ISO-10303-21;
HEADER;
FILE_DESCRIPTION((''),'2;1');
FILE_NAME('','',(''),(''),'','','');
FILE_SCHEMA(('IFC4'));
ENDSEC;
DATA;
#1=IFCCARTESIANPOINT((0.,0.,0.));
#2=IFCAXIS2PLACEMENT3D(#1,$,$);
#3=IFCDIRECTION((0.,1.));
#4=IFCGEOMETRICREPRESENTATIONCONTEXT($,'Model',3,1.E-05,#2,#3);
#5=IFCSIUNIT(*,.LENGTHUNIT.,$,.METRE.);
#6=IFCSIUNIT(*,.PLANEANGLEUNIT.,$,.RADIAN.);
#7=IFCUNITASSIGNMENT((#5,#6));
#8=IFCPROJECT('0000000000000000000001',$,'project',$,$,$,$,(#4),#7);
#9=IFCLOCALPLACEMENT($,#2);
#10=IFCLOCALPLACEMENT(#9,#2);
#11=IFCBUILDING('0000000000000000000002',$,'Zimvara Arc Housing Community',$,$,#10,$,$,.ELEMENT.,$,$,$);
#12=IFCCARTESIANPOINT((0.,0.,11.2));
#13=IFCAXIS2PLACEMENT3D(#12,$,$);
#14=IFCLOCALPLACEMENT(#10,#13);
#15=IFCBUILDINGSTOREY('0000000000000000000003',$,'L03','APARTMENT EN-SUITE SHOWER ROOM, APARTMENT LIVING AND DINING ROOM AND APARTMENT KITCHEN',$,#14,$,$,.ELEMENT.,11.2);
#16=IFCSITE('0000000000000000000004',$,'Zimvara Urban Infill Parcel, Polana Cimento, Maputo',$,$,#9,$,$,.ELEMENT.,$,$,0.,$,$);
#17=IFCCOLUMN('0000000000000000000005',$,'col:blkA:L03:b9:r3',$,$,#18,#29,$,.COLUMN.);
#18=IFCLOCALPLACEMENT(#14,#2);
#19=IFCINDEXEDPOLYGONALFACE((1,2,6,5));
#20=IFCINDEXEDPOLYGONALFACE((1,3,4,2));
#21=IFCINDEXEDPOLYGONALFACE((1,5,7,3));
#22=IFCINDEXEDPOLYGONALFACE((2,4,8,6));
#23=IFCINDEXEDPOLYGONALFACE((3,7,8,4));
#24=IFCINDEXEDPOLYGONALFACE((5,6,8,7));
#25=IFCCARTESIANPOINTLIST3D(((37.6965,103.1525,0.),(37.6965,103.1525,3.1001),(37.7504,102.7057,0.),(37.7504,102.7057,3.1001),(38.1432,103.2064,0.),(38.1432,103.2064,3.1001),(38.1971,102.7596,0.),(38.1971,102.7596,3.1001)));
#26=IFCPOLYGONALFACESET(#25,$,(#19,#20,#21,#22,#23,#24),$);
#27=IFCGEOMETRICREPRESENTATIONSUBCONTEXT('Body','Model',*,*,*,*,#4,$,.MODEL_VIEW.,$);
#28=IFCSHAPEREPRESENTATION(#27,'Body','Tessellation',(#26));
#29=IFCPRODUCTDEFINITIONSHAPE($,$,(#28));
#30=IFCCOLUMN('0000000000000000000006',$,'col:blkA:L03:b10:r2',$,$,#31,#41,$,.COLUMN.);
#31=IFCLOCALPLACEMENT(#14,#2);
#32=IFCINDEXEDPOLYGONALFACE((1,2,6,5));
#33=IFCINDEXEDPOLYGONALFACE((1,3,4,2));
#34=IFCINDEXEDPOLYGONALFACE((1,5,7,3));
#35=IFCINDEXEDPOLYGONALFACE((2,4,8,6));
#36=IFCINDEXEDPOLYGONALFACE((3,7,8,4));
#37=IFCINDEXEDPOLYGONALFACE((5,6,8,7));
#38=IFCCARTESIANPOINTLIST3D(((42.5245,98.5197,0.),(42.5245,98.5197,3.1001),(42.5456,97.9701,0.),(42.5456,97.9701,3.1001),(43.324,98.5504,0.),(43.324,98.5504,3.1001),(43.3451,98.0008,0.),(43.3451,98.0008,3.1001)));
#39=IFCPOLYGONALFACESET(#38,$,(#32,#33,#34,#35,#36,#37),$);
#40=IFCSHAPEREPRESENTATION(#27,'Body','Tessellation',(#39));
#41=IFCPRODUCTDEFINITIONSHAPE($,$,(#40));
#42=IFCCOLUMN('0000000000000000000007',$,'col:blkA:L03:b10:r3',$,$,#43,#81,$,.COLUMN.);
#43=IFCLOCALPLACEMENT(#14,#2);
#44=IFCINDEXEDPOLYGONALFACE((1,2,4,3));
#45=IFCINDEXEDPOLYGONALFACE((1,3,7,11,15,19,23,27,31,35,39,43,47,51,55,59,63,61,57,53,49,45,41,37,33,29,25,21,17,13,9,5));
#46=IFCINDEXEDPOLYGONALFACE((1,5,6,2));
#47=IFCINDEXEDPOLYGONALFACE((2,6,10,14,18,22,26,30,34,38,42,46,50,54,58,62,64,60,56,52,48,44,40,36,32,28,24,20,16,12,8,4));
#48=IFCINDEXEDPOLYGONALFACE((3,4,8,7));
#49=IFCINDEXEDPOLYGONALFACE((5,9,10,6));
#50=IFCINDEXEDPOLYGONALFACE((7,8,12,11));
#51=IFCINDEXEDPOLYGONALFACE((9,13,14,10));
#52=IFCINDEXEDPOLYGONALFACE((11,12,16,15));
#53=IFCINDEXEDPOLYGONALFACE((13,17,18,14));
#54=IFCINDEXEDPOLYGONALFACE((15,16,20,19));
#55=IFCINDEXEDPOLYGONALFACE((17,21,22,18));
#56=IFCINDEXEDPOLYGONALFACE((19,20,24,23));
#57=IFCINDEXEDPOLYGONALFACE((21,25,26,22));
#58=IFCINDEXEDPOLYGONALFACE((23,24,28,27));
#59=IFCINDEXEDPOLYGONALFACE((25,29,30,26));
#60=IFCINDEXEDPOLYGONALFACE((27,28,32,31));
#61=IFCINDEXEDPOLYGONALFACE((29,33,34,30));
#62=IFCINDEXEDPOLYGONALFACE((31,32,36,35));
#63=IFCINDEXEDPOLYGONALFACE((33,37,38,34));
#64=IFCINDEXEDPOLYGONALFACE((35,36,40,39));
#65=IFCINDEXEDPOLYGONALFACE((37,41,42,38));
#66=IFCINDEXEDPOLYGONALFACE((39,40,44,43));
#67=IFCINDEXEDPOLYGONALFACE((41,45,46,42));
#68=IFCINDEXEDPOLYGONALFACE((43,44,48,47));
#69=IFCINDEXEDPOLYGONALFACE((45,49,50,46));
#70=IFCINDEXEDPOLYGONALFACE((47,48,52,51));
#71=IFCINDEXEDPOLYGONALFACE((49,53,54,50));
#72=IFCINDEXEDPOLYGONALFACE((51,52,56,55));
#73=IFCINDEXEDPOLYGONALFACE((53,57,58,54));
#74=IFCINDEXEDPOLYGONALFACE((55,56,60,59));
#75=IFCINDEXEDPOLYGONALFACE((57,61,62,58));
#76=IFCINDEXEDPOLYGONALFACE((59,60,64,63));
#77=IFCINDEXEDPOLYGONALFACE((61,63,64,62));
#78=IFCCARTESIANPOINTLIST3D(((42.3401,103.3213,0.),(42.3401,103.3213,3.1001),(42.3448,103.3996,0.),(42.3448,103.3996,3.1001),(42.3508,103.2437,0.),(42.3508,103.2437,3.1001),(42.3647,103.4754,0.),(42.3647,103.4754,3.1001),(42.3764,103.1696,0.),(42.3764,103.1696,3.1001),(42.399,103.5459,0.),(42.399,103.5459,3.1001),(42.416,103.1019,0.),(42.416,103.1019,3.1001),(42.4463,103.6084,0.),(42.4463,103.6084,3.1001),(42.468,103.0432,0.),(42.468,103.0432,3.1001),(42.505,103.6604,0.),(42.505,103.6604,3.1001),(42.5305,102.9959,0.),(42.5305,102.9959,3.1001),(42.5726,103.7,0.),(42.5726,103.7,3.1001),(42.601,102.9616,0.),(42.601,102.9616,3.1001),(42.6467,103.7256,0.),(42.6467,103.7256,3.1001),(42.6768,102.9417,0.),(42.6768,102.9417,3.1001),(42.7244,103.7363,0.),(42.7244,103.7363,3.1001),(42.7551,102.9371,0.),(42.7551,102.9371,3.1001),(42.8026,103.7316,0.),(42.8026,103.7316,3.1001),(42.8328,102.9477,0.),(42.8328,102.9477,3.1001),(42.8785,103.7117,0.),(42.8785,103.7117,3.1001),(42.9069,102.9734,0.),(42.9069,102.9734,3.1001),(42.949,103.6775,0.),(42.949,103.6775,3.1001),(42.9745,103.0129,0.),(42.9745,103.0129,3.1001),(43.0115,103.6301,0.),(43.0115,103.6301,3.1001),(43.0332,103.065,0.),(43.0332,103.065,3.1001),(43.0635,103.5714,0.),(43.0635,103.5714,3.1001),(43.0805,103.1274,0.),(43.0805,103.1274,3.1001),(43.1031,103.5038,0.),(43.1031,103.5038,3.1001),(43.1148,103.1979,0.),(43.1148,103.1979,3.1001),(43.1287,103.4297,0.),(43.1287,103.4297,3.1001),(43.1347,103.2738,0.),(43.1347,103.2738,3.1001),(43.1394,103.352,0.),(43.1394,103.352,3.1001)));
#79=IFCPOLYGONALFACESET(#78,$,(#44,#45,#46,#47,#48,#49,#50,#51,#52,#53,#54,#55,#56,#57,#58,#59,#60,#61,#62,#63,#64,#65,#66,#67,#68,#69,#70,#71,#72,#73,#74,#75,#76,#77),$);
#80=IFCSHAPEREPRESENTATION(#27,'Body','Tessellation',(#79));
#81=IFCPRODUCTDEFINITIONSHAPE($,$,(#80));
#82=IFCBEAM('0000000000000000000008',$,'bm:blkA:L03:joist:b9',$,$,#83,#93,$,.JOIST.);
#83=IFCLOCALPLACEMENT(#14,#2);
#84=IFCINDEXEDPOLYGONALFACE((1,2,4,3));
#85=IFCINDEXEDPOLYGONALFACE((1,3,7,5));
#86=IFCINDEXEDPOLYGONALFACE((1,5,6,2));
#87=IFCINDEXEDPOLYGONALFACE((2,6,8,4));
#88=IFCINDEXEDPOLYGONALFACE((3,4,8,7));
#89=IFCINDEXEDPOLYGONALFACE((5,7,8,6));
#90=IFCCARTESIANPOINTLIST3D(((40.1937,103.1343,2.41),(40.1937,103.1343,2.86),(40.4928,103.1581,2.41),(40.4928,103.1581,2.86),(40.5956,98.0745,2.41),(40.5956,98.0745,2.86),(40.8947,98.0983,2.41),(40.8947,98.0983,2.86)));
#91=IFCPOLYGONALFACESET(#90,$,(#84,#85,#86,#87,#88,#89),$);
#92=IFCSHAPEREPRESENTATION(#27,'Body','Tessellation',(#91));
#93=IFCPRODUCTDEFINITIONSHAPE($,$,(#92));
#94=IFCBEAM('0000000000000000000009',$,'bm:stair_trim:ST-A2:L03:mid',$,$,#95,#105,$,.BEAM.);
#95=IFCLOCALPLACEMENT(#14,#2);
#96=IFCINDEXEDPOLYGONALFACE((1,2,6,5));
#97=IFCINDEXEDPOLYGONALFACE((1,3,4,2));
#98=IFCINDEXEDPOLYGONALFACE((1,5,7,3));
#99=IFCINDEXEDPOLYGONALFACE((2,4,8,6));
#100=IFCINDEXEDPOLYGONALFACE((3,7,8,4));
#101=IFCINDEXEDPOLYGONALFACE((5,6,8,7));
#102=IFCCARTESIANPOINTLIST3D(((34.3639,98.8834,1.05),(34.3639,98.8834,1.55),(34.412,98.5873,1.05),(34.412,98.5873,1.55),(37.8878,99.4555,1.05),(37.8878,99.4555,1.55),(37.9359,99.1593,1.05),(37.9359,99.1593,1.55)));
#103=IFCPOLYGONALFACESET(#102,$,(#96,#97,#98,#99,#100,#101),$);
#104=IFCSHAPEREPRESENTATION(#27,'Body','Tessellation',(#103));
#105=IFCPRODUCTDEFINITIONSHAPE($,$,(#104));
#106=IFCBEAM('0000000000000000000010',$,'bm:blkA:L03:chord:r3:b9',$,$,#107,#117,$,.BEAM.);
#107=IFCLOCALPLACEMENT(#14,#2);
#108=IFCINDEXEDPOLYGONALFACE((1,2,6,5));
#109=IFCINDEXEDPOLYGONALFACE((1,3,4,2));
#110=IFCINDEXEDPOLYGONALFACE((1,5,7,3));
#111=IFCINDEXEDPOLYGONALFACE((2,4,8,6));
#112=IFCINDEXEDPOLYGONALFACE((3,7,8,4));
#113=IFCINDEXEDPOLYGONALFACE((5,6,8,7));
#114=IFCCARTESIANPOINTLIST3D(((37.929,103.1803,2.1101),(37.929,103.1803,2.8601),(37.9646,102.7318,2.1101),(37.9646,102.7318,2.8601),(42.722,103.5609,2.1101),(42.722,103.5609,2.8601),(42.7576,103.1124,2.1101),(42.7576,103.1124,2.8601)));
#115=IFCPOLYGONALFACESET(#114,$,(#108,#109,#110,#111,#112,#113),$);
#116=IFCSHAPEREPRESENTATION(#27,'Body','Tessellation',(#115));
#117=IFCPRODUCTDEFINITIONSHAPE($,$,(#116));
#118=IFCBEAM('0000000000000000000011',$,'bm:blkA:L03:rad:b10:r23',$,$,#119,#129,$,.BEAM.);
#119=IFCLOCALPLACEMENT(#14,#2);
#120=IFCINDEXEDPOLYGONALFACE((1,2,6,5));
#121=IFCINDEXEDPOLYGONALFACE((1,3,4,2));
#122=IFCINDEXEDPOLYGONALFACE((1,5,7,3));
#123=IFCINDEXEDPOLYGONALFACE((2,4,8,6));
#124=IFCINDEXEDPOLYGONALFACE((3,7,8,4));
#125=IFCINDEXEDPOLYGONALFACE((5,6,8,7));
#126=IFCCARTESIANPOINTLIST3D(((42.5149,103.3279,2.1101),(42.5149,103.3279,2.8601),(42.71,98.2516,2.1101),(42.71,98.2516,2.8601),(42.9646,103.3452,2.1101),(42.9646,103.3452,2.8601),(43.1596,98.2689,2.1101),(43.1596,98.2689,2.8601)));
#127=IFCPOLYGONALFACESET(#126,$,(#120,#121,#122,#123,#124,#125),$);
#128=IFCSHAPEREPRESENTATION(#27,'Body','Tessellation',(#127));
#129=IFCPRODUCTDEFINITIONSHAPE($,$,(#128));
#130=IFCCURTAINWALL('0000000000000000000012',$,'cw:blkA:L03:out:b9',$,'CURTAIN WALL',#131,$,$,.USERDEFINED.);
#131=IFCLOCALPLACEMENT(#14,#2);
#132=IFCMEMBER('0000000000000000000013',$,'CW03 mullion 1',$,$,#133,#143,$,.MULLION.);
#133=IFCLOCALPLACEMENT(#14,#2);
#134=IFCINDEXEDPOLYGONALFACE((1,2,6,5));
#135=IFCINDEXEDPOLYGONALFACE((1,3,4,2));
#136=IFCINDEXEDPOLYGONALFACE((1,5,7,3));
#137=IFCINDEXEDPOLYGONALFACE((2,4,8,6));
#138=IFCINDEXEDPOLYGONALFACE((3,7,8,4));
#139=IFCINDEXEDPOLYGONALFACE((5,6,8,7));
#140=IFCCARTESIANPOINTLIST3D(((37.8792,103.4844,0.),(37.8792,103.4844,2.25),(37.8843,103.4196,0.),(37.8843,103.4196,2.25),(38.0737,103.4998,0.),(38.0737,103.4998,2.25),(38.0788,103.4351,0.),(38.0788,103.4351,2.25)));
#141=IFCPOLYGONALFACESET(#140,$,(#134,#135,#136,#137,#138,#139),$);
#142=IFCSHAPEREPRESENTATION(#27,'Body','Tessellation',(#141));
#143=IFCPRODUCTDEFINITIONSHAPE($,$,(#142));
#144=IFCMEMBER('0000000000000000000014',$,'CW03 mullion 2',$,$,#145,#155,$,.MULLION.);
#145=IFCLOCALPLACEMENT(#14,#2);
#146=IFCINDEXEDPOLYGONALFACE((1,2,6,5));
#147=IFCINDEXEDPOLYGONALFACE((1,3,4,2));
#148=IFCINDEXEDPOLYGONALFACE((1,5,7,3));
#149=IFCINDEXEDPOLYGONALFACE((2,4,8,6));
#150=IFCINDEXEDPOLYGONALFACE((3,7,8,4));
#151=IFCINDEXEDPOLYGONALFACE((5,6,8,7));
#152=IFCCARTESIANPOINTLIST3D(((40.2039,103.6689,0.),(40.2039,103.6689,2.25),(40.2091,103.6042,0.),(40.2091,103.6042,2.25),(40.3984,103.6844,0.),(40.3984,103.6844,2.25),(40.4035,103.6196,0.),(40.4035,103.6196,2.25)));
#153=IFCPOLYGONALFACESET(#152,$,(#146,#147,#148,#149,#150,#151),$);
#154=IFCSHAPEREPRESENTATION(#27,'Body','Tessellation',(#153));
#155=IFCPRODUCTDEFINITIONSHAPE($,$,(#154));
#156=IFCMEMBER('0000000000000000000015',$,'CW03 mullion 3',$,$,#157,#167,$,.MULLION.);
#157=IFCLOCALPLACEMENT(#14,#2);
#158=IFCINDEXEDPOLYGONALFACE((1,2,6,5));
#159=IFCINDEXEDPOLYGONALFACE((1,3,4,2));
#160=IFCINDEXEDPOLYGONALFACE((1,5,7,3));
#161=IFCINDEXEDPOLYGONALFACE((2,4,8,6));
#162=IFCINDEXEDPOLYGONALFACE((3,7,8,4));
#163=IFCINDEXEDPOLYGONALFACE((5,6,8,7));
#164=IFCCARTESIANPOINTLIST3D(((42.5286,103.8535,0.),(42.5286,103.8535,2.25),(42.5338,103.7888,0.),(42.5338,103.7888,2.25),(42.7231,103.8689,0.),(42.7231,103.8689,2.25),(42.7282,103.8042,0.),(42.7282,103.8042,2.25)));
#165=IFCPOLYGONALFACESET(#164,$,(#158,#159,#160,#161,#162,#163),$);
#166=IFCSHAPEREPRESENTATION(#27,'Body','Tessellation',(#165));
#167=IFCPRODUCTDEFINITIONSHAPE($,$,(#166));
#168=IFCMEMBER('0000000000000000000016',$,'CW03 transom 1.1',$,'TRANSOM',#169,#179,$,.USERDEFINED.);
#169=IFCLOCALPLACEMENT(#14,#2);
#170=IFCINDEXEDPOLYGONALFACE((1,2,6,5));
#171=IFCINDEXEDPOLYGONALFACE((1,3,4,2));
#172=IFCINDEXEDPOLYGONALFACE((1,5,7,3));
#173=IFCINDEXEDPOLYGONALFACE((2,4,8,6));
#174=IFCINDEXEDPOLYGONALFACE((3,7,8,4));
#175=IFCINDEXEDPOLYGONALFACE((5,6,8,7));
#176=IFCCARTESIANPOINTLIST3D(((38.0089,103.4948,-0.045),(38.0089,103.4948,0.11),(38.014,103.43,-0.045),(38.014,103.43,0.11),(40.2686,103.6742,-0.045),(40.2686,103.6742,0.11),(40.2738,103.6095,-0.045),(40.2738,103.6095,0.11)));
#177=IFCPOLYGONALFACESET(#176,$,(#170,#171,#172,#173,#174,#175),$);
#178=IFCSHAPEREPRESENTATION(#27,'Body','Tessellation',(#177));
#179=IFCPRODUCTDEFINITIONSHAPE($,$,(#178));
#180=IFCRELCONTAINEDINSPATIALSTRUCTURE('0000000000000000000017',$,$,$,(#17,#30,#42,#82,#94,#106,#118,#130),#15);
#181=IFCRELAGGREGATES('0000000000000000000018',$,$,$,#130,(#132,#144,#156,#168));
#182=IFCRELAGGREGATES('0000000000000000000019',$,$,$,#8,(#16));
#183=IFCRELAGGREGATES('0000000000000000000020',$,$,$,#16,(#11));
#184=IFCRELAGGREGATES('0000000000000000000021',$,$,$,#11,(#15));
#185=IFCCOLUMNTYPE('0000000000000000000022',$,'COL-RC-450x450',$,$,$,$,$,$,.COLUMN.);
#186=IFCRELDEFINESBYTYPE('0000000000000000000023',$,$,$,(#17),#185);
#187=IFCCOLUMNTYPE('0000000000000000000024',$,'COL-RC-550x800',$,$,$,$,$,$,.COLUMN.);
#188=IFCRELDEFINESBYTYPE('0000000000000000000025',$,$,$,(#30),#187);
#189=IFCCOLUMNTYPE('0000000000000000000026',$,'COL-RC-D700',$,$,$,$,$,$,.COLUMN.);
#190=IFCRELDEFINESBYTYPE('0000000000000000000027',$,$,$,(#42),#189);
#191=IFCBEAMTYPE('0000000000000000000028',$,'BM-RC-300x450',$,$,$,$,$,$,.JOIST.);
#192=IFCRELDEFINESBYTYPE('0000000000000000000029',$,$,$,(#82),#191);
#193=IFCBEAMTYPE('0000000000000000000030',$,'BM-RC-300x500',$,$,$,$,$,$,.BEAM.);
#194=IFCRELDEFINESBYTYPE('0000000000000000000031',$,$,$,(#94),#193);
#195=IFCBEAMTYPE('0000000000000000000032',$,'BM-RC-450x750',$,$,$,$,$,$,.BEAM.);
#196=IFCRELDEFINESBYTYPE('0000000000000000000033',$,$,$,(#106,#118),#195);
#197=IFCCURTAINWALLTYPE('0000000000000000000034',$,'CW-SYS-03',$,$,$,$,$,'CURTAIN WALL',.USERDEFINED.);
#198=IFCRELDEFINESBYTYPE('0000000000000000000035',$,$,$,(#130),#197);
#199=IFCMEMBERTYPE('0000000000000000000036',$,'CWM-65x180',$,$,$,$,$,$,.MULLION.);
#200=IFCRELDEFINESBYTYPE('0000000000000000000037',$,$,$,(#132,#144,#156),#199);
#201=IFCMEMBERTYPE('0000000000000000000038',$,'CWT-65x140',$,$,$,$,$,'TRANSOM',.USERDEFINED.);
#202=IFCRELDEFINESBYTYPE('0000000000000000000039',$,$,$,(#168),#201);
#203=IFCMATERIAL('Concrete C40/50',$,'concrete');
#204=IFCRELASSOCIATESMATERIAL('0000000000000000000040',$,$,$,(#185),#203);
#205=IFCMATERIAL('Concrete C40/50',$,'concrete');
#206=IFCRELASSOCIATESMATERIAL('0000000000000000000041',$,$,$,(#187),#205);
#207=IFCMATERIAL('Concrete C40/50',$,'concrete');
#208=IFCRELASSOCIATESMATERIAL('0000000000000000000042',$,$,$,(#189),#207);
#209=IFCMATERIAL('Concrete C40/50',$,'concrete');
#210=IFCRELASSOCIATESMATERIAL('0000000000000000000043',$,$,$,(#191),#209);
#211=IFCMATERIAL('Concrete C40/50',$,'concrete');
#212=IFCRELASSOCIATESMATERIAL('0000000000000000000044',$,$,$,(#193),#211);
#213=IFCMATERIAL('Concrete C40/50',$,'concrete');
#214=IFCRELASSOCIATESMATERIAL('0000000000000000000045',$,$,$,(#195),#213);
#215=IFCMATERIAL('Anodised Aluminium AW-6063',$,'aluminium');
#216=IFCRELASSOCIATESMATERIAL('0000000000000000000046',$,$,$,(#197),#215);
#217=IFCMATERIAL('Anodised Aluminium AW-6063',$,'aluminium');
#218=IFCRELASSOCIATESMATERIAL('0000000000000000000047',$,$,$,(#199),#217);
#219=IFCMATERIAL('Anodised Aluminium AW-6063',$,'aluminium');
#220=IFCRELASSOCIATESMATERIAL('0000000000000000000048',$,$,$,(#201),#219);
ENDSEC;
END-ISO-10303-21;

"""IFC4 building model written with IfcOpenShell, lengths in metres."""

from ifc_helpers import new_model, si_unit, direction, frame, origin, origin_2d, place, context, subcontext, project, spatial, rectangle, circle, extrude, material, material_profile, profile_set, type_object, element, aggregate, save


model = new_model("IFC4")

# Units and contexts
model_context = context("Model", 3, precision=1e-05, world=origin(), true_north=direction((0.0, 1.0)))
body_context = subcontext(model_context, "Body", "Model", "MODEL_VIEW")
ifc_project = project(units=[si_unit("LENGTHUNIT", "METRE"), si_unit("PLANEANGLEUNIT", "RADIAN")], contexts=[model_context])

# Site, building, storey
site_placement = place(None, origin())
site = spatial("IfcSite", under=ifc_project, at=site_placement, Name="Zimvara Urban Infill Parcel, Polana Cimento, Maputo", CompositionType="ELEMENT", RefElevation=0.0)
building_placement = place(site_placement, origin())
building = spatial("IfcBuilding", under=site, at=building_placement, Name="Zimvara Arc Housing Community", CompositionType="ELEMENT")
storey_placement = place(building_placement, frame((0.0, 0.0, 11.2)))
storey = spatial("IfcBuildingStorey", under=building, at=storey_placement, Name="L03", Description="APARTMENT EN-SUITE SHOWER ROOM, APARTMENT LIVING AND DINING ROOM AND APARTMENT KITCHEN", CompositionType="ELEMENT", Elevation=11.2)

# Columns
ifc_material_1 = material(Name="Concrete C40/50", Category="concrete")
ifc_material_profile_1 = material_profile(ifc_material_1, rectangle(XDim=0.45, YDim=0.45, at=origin_2d()), Name="RC 450x450")
ifc_profile_set_1 = profile_set([ifc_material_profile_1], Name="Concrete C40/50")
column_type_1 = type_object("IfcColumnType", Name="COL-RC-450x450", PredefinedType="COLUMN", material=ifc_profile_set_1)
column_1_placement = place(storey_placement, frame((37.9468, 102.9561, 0.0), z_axis=(0.0, 0.0, 1.0), x_axis=(-0.11979, 0.992799, 0.0)))
element("IfcColumn", 1, at=column_1_placement, inside=storey, type_object=column_type_1, Name="col:blkA:L03:b9:r3", PredefinedType="COLUMN", context=body_context, shape_type="SweptSolid", body=[
    extrude(rectangle(XDim=0.45, YDim=0.45, at=origin_2d()), origin(), (0.0, 0.0, 1.0), 3.1001),
])
ifc_material_2 = material(Name="Concrete C40/50", Category="concrete")
ifc_material_profile_2 = material_profile(ifc_material_2, rectangle(XDim=0.55, YDim=0.8, at=origin_2d()), Name="RC 550x800")
ifc_profile_set_2 = profile_set([ifc_material_profile_2], Name="Concrete C40/50")
column_type_2 = type_object("IfcColumnType", Name="COL-RC-550x800", PredefinedType="COLUMN", material=ifc_profile_set_2)
column_2_placement = place(storey_placement, frame((42.9348, 98.2603, 0.0), z_axis=(0.0, 0.0, 1.0), x_axis=(-0.038388, 0.999263, 0.0)))
element("IfcColumn", 2, at=column_2_placement, inside=storey, type_object=column_type_2, Name="col:blkA:L03:b10:r2", PredefinedType="COLUMN", context=body_context, shape_type="SweptSolid", body=[
    extrude(rectangle(XDim=0.55, YDim=0.8, at=origin_2d()), origin(), (0.0, 0.0, 1.0), 3.1001),
])
ifc_material_3 = material(Name="Concrete C40/50", Category="concrete")
ifc_material_profile_3 = material_profile(ifc_material_3, circle(Radius=0.3999, at=origin_2d()), Name="RC D800")
ifc_profile_set_3 = profile_set([ifc_material_profile_3], Name="Concrete C40/50")
column_type_3 = type_object("IfcColumnType", Name="COL-RC-D700", PredefinedType="COLUMN", material=ifc_profile_set_3)
column_3_placement = place(storey_placement, frame((42.7397, 103.3367, 0.0), z_axis=(0.0, 0.0, 1.0), x_axis=(-0.038388, 0.999263, 0.0)))
element("IfcColumn", 3, at=column_3_placement, inside=storey, type_object=column_type_3, Name="col:blkA:L03:b10:r3", PredefinedType="COLUMN", context=body_context, shape_type="SweptSolid", body=[
    extrude(circle(Radius=0.3999, at=origin_2d()), origin(), (0.0, 0.0, 1.0), 3.1001),
])

# Beams
ifc_material_4 = material(Name="Concrete C40/50", Category="concrete")
ifc_material_profile_4 = material_profile(ifc_material_4, rectangle(XDim=0.3, YDim=0.45, at=origin_2d()), Name="RC 300x450")
ifc_profile_set_4 = profile_set([ifc_material_profile_4], Name="Concrete C40/50")
beam_type_1 = type_object("IfcBeamType", Name="BM-RC-300x450", PredefinedType="JOIST", material=ifc_profile_set_4)
beam_1_placement = place(storey_placement, frame((40.7451, 98.0864, 2.635), z_axis=(-0.079172, 0.996861, 0.0), x_axis=(-0.996861, -0.079172, 0.0)))
element("IfcBeam", 4, at=beam_1_placement, inside=storey, type_object=beam_type_1, Name="bm:blkA:L03:joist:b9", PredefinedType="JOIST", context=body_context, shape_type="SweptSolid", body=[
    extrude(rectangle(XDim=0.3, YDim=0.45, at=origin_2d()), origin(), (0.0, 0.0, 1.0), 5.0757),
])
ifc_material_5 = material(Name="Concrete C40/50", Category="concrete")
ifc_material_profile_5 = material_profile(ifc_material_5, rectangle(XDim=0.3, YDim=0.5, at=origin_2d()), Name="RC 300x500")
ifc_profile_set_5 = profile_set([ifc_material_profile_5], Name="Concrete C40/50")
beam_type_2 = type_object("IfcBeamType", Name="BM-RC-300x500", PredefinedType="BEAM", material=ifc_profile_set_5)
beam_2_placement = place(storey_placement, frame((37.9119, 99.3074, 1.3), z_axis=(-0.98708, -0.160228, 0.0), x_axis=(0.160228, -0.98708, 0.0)))
element("IfcBeam", 5, at=beam_2_placement, inside=storey, type_object=beam_type_2, Name="bm:stair_trim:ST-A2:L03:mid", PredefinedType="BEAM", context=body_context, shape_type="SweptSolid", body=[
    extrude(rectangle(XDim=0.3, YDim=0.5, at=origin_2d()), origin(), (0.0, 0.0, 1.0), 3.5701),
])
ifc_material_6 = material(Name="Concrete C40/50", Category="concrete")
ifc_material_profile_6 = material_profile(ifc_material_6, rectangle(XDim=0.45, YDim=0.75, at=origin_2d()), Name="RC 450x750")
ifc_profile_set_6 = profile_set([ifc_material_profile_6], Name="Concrete C40/50")
beam_type_3 = type_object("IfcBeamType", Name="BM-RC-450x750", PredefinedType="BEAM", material=ifc_profile_set_6)
beam_3_placement = place(storey_placement, frame((37.9468, 102.9561, 2.4851), z_axis=(0.996862, 0.079162, 0.0), x_axis=(-0.079162, 0.996862, 0.0)))
element("IfcBeam", 6, at=beam_3_placement, inside=storey, type_object=beam_type_3, Name="bm:blkA:L03:chord:r3:b9", PredefinedType="BEAM", context=body_context, shape_type="SweptSolid", body=[
    extrude(rectangle(XDim=0.45, YDim=0.75, at=origin_2d()), origin(), (0.0, 0.0, 1.0), 4.8081),
])
beam_4_placement = place(storey_placement, frame((42.9348, 98.2603, 2.4851), z_axis=(-0.038398, 0.999263, 0.0), x_axis=(-0.999263, -0.038398, 0.0)))
element("IfcBeam", 7, at=beam_4_placement, inside=storey, type_object=beam_type_3, Name="bm:blkA:L03:rad:b10:r23", PredefinedType="BEAM", context=body_context, shape_type="SweptSolid", body=[
    extrude(rectangle(XDim=0.45, YDim=0.75, at=origin_2d()), origin(), (0.0, 0.0, 1.0), 5.0801),
])

# Curtain wall, members
ifc_material_7 = material(Name="Anodised Aluminium AW-6063", Category="aluminium")
curtain_wall_type = type_object("IfcCurtainWallType", Name="CW-SYS-03", ElementType="CURTAIN WALL", PredefinedType="USERDEFINED", material=ifc_material_7)
curtain_wall_placement = place(storey_placement, origin())
curtain_wall = element("IfcCurtainWall", 8, at=curtain_wall_placement, inside=storey, type_object=curtain_wall_type, Name="cw:blkA:L03:out:b9", ObjectType="CURTAIN WALL", PredefinedType="USERDEFINED")
ifc_material_8 = material(Name="Anodised Aluminium AW-6063", Category="aluminium")
ifc_material_profile_7 = material_profile(ifc_material_8, rectangle(XDim=0.0649, YDim=0.1951, at=origin_2d()), Name="ALU 65x195")
ifc_profile_set_7 = profile_set([ifc_material_profile_7], Name="Anodised Aluminium AW-6063")
member_type_1 = type_object("IfcMemberType", Name="CWM-65x180", PredefinedType="MULLION", material=ifc_profile_set_7)
member_1_placement = place(storey_placement, frame((37.979, 103.4597, 0.0), z_axis=(0.0, 0.0, 1.0), x_axis=(-0.079154, 0.996862, 0.0)))
member_1 = element("IfcMember", 9, at=member_1_placement, type_object=member_type_1, Name="CW03 mullion 1", PredefinedType="MULLION", context=body_context, shape_type="SweptSolid", body=[
    extrude(rectangle(XDim=0.0649, YDim=0.1951, at=origin_2d()), origin(), (0.0, 0.0, 1.0), 2.25),
])
member_2_placement = place(storey_placement, frame((40.3037, 103.6443, 0.0), z_axis=(0.0, 0.0, 1.0), x_axis=(-0.079154, 0.996862, 0.0)))
member_2 = element("IfcMember", 10, at=member_2_placement, type_object=member_type_1, Name="CW03 mullion 2", PredefinedType="MULLION", context=body_context, shape_type="SweptSolid", body=[
    extrude(rectangle(XDim=0.0649, YDim=0.1951, at=origin_2d()), origin(), (0.0, 0.0, 1.0), 2.25),
])
member_3_placement = place(storey_placement, frame((42.6284, 103.8289, 0.0), z_axis=(0.0, 0.0, 1.0), x_axis=(-0.079154, 0.996862, 0.0)))
member_3 = element("IfcMember", 11, at=member_3_placement, type_object=member_type_1, Name="CW03 mullion 3", PredefinedType="MULLION", context=body_context, shape_type="SweptSolid", body=[
    extrude(rectangle(XDim=0.0649, YDim=0.1951, at=origin_2d()), origin(), (0.0, 0.0, 1.0), 2.25),
])
ifc_material_9 = material(Name="Anodised Aluminium AW-6063", Category="aluminium")
ifc_material_profile_8 = material_profile(ifc_material_9, rectangle(XDim=0.0649, YDim=0.155, at=origin_2d()), Name="ALU 65x155")
ifc_profile_set_8 = profile_set([ifc_material_profile_8], Name="Anodised Aluminium AW-6063")
member_type_2 = type_object("IfcMemberType", Name="CWT-65x140", ElementType="TRANSOM", PredefinedType="USERDEFINED", material=ifc_profile_set_8)
member_4_placement = place(storey_placement, frame((38.0115, 103.4624, 0.0325), z_axis=(0.996862, 0.079159, 0.0), x_axis=(-0.079159, 0.996862, 0.0)))
member_4 = element("IfcMember", 12, at=member_4_placement, type_object=member_type_2, Name="CW03 transom 1.1", ObjectType="TRANSOM", PredefinedType="USERDEFINED", context=body_context, shape_type="SweptSolid", body=[
    extrude(rectangle(XDim=0.0649, YDim=0.155, at=origin_2d()), origin(), (0.0, 0.0, 1.0), 2.2668),
])
aggregate(curtain_wall, [member_1, member_2, member_3, member_4])

save(model, "model.ifc")
